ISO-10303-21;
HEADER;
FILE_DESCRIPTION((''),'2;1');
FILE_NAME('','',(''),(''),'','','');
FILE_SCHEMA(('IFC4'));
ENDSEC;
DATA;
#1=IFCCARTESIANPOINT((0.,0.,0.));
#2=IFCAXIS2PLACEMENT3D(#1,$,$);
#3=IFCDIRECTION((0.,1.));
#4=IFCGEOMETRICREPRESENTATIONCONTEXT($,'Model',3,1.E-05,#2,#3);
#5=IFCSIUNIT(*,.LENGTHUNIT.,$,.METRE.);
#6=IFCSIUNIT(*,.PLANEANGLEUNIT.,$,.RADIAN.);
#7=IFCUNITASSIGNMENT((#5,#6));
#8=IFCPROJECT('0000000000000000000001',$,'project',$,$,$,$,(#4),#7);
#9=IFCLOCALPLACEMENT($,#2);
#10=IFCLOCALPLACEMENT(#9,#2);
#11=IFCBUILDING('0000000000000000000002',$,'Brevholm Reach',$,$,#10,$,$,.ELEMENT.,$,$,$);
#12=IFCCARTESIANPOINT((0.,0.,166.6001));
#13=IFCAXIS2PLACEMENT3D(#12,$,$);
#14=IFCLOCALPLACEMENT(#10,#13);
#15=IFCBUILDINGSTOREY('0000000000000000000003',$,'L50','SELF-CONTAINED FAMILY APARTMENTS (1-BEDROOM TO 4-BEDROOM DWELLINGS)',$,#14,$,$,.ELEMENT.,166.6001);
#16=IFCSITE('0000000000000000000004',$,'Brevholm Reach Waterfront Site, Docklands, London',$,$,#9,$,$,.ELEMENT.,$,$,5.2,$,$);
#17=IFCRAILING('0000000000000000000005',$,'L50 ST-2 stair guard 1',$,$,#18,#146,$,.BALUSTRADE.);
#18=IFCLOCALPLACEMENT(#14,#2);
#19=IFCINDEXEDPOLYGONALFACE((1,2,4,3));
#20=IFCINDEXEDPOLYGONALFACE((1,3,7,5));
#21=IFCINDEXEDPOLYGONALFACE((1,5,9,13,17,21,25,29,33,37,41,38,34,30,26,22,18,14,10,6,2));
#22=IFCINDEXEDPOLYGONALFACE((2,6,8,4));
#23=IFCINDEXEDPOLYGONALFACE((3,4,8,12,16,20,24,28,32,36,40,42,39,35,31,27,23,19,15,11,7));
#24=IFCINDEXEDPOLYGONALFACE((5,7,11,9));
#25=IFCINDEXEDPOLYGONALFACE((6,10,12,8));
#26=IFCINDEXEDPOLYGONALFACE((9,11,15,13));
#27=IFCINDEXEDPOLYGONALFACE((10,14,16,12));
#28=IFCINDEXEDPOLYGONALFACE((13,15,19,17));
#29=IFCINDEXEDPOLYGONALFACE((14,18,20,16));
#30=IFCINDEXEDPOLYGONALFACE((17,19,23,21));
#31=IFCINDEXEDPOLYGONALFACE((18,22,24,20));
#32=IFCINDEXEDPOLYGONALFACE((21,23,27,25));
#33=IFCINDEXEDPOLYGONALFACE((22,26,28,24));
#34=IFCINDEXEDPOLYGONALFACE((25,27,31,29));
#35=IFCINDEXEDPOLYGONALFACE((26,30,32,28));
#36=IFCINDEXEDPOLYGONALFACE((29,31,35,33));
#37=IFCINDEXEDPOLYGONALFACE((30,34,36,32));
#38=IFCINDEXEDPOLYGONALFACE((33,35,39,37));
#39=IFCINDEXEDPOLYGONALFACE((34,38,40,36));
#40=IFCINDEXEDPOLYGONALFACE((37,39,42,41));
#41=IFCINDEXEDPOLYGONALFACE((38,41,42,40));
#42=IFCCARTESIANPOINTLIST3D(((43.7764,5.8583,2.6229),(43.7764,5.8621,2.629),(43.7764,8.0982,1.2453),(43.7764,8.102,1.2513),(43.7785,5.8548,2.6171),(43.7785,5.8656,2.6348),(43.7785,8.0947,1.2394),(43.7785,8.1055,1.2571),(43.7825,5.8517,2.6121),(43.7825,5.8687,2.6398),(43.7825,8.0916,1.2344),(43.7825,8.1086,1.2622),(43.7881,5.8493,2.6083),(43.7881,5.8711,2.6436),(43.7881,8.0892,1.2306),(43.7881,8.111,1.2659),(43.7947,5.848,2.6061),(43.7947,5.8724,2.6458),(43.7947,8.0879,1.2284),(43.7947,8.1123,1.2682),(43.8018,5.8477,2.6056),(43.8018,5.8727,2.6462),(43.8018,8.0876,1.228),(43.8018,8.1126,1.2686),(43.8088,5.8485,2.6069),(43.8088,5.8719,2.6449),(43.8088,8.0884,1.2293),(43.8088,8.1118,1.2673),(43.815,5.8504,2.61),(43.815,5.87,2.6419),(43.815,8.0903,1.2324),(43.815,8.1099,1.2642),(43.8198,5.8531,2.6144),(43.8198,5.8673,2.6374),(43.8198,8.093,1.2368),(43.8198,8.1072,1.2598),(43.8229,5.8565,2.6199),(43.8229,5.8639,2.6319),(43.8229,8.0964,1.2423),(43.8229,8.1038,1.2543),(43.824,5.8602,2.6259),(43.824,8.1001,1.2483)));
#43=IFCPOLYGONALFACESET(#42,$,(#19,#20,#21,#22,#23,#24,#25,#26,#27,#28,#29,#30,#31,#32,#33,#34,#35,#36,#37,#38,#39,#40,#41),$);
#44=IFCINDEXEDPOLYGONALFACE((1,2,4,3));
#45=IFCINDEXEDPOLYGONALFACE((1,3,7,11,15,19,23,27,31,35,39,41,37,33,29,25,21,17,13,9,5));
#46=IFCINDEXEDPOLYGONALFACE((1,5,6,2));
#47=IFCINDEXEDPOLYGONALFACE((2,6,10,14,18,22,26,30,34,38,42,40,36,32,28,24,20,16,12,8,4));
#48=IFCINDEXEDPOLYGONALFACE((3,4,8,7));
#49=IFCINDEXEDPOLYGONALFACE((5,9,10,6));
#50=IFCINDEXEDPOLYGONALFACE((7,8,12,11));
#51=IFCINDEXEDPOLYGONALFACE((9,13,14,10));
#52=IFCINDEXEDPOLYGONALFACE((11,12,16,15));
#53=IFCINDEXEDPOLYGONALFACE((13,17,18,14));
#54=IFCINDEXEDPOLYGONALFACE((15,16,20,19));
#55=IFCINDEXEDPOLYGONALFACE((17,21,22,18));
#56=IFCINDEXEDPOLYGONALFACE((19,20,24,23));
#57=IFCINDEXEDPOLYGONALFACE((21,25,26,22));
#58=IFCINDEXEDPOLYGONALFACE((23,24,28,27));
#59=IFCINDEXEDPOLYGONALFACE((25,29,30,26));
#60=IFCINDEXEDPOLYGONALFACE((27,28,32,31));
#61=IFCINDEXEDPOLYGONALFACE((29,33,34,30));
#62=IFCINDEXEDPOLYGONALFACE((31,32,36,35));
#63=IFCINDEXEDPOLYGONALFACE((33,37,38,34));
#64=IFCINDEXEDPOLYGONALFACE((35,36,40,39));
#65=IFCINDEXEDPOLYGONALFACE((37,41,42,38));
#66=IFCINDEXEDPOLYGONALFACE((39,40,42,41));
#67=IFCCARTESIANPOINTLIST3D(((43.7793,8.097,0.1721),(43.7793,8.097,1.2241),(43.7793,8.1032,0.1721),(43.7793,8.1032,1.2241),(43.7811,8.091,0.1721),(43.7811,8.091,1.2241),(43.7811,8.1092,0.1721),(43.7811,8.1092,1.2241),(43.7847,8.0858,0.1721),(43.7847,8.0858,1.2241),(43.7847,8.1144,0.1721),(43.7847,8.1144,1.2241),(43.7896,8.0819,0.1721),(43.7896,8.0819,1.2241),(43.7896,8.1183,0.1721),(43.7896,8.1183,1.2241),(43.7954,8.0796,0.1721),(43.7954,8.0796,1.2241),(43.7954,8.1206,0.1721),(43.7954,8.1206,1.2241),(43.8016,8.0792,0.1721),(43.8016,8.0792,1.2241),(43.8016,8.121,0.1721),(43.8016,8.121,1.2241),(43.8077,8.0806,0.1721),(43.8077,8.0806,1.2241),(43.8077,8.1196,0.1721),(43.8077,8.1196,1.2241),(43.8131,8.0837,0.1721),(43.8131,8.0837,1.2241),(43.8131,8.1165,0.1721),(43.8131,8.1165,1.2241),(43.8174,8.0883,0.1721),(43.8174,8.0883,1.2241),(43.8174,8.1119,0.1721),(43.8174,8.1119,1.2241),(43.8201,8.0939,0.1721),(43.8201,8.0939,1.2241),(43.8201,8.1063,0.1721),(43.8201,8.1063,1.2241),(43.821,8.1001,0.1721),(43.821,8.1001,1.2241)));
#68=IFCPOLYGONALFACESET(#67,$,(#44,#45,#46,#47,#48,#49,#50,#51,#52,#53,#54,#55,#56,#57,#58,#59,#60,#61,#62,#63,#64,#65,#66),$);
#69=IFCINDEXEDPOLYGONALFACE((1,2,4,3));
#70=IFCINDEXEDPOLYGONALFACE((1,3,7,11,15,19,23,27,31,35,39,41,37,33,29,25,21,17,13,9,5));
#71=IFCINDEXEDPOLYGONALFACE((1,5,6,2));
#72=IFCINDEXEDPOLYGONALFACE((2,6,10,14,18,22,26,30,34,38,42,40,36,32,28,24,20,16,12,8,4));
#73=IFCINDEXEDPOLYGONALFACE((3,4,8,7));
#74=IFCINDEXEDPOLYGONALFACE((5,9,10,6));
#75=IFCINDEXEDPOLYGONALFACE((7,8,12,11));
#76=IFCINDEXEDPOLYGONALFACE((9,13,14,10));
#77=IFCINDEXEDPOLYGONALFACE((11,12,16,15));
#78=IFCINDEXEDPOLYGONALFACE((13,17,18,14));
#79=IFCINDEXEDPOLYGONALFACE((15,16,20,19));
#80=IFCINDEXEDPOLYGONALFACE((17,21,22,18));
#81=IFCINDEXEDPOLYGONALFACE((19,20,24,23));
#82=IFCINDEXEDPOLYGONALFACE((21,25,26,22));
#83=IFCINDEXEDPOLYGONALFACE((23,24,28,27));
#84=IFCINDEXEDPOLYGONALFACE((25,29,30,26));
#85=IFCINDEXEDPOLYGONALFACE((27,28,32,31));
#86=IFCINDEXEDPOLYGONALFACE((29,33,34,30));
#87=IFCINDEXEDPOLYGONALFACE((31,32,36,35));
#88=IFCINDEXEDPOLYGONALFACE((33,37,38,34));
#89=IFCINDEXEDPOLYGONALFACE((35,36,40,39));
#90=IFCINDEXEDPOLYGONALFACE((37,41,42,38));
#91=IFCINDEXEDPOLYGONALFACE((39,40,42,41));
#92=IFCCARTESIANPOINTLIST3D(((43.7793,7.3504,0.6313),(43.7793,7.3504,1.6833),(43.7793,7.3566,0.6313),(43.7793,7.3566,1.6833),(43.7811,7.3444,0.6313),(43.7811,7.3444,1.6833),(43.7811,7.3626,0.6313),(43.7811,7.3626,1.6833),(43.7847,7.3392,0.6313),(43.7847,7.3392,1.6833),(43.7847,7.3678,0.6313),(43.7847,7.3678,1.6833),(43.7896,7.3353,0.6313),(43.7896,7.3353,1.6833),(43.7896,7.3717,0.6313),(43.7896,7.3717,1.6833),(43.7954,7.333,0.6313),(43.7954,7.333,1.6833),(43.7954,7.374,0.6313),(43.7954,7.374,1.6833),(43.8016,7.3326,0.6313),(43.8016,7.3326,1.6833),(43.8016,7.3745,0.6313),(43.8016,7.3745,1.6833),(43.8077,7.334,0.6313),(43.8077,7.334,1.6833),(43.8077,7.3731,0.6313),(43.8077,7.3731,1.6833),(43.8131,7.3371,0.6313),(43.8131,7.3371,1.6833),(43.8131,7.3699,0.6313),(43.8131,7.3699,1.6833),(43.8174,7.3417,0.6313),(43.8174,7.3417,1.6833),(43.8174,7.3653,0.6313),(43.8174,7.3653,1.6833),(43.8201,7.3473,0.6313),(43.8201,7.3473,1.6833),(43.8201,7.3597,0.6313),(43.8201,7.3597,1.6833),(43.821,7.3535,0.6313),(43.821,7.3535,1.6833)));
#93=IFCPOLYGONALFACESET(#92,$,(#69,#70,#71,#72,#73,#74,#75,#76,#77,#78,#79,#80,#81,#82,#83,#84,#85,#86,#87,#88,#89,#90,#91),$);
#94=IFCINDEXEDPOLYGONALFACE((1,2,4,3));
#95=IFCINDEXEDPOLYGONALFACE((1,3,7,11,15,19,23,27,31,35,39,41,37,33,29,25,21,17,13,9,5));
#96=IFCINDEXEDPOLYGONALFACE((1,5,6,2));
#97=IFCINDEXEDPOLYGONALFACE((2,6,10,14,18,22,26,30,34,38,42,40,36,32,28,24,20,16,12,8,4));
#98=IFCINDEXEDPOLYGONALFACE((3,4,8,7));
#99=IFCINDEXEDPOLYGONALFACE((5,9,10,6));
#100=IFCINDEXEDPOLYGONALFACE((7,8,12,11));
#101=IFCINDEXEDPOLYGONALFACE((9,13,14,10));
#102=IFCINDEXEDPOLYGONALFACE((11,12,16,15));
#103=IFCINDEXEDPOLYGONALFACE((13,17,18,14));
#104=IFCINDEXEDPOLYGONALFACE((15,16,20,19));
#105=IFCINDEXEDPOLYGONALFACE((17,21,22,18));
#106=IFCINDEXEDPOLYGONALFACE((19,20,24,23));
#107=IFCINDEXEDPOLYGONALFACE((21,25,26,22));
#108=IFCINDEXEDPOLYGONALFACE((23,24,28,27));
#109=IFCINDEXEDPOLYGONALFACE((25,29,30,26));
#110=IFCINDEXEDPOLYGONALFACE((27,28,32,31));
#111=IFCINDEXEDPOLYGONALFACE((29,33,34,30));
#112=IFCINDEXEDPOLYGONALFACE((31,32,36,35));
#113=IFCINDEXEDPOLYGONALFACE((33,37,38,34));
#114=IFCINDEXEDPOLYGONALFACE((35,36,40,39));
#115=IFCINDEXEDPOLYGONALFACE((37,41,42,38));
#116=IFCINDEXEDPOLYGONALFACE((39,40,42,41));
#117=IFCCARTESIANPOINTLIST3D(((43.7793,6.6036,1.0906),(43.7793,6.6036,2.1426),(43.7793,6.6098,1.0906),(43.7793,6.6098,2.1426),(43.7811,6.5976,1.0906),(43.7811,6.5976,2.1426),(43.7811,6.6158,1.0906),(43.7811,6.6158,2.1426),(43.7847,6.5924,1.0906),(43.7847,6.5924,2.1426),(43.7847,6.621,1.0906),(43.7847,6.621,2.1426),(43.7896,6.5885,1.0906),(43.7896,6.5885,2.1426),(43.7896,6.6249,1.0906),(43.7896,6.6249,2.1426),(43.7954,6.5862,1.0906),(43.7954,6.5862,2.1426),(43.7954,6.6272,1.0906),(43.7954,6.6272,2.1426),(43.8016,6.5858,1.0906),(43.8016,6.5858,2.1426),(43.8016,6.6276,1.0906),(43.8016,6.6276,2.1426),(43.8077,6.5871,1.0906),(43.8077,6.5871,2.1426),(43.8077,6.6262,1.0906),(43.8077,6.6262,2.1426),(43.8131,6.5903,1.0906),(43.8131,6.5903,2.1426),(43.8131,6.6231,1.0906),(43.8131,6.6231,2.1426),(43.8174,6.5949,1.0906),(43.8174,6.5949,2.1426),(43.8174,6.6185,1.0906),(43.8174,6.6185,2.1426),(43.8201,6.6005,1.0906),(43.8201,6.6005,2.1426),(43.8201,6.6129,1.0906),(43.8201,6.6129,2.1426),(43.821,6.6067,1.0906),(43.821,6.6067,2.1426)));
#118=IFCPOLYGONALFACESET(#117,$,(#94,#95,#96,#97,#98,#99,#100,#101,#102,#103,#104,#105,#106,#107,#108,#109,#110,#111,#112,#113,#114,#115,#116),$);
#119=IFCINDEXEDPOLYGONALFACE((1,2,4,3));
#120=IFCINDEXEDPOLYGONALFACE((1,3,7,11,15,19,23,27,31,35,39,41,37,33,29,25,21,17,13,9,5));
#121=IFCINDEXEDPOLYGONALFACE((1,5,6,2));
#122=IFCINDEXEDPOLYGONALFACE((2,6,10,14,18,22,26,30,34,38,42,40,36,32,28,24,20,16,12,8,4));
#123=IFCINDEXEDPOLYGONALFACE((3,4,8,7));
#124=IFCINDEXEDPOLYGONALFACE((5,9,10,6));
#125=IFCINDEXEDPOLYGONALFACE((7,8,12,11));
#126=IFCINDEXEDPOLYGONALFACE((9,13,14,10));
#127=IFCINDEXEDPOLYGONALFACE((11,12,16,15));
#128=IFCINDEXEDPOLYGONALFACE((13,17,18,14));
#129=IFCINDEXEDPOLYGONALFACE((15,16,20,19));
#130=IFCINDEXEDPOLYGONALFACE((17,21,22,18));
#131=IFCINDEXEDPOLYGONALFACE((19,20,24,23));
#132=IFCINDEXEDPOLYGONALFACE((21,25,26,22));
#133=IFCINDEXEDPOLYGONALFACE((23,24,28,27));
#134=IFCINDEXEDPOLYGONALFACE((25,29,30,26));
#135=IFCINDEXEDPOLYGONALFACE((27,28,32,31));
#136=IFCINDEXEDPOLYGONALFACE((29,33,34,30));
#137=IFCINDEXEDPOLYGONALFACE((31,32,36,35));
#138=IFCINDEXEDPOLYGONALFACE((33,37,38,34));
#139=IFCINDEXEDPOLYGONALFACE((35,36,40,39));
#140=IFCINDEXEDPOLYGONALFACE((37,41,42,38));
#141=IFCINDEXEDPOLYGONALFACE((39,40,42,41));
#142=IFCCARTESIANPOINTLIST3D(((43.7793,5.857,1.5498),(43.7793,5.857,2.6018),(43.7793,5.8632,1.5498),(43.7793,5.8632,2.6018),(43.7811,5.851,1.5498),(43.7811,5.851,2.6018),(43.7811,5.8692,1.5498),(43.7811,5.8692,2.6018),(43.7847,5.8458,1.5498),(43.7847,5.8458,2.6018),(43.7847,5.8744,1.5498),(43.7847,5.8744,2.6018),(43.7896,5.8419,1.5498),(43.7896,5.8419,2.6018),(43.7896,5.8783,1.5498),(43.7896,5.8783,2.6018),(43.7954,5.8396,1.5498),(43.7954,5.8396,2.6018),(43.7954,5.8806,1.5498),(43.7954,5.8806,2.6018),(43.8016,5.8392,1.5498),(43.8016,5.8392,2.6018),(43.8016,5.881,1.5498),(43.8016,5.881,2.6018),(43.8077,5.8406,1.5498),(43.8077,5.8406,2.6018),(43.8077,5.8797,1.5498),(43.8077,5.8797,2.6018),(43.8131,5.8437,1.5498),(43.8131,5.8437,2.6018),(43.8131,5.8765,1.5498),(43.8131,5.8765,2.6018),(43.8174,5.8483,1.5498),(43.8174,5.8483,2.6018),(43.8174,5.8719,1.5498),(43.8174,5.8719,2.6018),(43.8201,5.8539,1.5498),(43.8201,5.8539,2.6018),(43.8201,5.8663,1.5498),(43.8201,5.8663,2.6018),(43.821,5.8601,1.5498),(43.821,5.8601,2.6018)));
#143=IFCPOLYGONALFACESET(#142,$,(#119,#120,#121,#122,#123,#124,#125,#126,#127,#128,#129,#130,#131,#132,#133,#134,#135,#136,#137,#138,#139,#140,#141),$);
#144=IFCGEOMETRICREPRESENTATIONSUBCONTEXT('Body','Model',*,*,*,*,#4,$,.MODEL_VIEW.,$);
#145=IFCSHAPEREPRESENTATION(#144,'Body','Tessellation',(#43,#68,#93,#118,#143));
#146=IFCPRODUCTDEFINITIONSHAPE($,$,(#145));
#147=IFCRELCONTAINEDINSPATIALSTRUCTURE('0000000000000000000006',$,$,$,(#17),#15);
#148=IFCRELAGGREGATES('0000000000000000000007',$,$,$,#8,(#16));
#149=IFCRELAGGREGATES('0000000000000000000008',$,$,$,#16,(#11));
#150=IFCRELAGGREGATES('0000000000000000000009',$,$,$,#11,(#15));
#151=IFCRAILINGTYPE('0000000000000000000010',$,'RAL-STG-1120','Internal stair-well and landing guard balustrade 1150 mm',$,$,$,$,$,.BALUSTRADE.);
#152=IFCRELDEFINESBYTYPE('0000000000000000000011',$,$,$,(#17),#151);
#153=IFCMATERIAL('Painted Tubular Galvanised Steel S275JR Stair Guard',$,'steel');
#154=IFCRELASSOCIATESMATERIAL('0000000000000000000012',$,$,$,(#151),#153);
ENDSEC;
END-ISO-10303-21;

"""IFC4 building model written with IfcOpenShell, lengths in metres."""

from ifc_helpers import new_model, si_unit, direction, frame, origin, origin_2d, place, context, subcontext, project, spatial, circle, extrude, material, type_object, element, save


model = new_model("IFC4")

# Units and contexts
model_context = context("Model", 3, precision=1e-05, world=origin(), true_north=direction((0.0, 1.0)))
body_context = subcontext(model_context, "Body", "Model", "MODEL_VIEW")
ifc_project = project(units=[si_unit("LENGTHUNIT", "METRE"), si_unit("PLANEANGLEUNIT", "RADIAN")], contexts=[model_context])

# Site, building, storey
site_placement = place(None, origin())
site = spatial("IfcSite", under=ifc_project, at=site_placement, Name="Brevholm Reach Waterfront Site, Docklands, London", CompositionType="ELEMENT", RefElevation=5.2)
building_placement = place(site_placement, origin())
building = spatial("IfcBuilding", under=site, at=building_placement, Name="Brevholm Reach", CompositionType="ELEMENT")
storey_placement = place(building_placement, frame((0.0, 0.0, 166.6001)))
storey = spatial("IfcBuildingStorey", under=building, at=storey_placement, Name="L50", Description="SELF-CONTAINED FAMILY APARTMENTS (1-BEDROOM TO 4-BEDROOM DWELLINGS)", CompositionType="ELEMENT", Elevation=166.6001)

# Railing
ifc_material_1 = material(Name="Painted Tubular Galvanised Steel S275JR Stair Guard", Category="steel")
railing_type_1 = type_object("IfcRailingType", Name="RAL-STG-1120", Description="Internal stair-well and landing guard balustrade 1150 mm", PredefinedType="BALUSTRADE", material=ifc_material_1)
railing_1_placement = place(storey_placement, frame((43.8, 8.1001, 0.1721)))
element("IfcRailing", 1, at=railing_1_placement, inside=storey, type_object=railing_type_1, Name="L50 ST-2 stair guard 1", PredefinedType="BALUSTRADE", context=body_context, shape_type="SweptSolid", body=[
    extrude(circle(Radius=0.0239, at=origin_2d()), frame((0.0, 0.0, 1.0762), z_axis=(0.0, -0.851789, 0.523885), x_axis=(1.0, 0.0, 0.0)), (0.0, 0.0, 1.0), 2.6296),
    extrude(circle(Radius=0.021, at=origin_2d()), origin(), (0.0, 0.0, 1.0), 1.052),
    extrude(circle(Radius=0.021, at=origin_2d()), frame((0.0, -0.7466, 0.4592)), (0.0, 0.0, 1.0), 1.052),
    extrude(circle(Radius=0.021, at=origin_2d()), frame((0.0, -1.4934, 0.9185)), (0.0, 0.0, 1.0), 1.052),
    extrude(circle(Radius=0.021, at=origin_2d()), frame((0.0, -2.24, 1.3777)), (0.0, 0.0, 1.0), 1.052),
])

save(model, "model.ifc")
